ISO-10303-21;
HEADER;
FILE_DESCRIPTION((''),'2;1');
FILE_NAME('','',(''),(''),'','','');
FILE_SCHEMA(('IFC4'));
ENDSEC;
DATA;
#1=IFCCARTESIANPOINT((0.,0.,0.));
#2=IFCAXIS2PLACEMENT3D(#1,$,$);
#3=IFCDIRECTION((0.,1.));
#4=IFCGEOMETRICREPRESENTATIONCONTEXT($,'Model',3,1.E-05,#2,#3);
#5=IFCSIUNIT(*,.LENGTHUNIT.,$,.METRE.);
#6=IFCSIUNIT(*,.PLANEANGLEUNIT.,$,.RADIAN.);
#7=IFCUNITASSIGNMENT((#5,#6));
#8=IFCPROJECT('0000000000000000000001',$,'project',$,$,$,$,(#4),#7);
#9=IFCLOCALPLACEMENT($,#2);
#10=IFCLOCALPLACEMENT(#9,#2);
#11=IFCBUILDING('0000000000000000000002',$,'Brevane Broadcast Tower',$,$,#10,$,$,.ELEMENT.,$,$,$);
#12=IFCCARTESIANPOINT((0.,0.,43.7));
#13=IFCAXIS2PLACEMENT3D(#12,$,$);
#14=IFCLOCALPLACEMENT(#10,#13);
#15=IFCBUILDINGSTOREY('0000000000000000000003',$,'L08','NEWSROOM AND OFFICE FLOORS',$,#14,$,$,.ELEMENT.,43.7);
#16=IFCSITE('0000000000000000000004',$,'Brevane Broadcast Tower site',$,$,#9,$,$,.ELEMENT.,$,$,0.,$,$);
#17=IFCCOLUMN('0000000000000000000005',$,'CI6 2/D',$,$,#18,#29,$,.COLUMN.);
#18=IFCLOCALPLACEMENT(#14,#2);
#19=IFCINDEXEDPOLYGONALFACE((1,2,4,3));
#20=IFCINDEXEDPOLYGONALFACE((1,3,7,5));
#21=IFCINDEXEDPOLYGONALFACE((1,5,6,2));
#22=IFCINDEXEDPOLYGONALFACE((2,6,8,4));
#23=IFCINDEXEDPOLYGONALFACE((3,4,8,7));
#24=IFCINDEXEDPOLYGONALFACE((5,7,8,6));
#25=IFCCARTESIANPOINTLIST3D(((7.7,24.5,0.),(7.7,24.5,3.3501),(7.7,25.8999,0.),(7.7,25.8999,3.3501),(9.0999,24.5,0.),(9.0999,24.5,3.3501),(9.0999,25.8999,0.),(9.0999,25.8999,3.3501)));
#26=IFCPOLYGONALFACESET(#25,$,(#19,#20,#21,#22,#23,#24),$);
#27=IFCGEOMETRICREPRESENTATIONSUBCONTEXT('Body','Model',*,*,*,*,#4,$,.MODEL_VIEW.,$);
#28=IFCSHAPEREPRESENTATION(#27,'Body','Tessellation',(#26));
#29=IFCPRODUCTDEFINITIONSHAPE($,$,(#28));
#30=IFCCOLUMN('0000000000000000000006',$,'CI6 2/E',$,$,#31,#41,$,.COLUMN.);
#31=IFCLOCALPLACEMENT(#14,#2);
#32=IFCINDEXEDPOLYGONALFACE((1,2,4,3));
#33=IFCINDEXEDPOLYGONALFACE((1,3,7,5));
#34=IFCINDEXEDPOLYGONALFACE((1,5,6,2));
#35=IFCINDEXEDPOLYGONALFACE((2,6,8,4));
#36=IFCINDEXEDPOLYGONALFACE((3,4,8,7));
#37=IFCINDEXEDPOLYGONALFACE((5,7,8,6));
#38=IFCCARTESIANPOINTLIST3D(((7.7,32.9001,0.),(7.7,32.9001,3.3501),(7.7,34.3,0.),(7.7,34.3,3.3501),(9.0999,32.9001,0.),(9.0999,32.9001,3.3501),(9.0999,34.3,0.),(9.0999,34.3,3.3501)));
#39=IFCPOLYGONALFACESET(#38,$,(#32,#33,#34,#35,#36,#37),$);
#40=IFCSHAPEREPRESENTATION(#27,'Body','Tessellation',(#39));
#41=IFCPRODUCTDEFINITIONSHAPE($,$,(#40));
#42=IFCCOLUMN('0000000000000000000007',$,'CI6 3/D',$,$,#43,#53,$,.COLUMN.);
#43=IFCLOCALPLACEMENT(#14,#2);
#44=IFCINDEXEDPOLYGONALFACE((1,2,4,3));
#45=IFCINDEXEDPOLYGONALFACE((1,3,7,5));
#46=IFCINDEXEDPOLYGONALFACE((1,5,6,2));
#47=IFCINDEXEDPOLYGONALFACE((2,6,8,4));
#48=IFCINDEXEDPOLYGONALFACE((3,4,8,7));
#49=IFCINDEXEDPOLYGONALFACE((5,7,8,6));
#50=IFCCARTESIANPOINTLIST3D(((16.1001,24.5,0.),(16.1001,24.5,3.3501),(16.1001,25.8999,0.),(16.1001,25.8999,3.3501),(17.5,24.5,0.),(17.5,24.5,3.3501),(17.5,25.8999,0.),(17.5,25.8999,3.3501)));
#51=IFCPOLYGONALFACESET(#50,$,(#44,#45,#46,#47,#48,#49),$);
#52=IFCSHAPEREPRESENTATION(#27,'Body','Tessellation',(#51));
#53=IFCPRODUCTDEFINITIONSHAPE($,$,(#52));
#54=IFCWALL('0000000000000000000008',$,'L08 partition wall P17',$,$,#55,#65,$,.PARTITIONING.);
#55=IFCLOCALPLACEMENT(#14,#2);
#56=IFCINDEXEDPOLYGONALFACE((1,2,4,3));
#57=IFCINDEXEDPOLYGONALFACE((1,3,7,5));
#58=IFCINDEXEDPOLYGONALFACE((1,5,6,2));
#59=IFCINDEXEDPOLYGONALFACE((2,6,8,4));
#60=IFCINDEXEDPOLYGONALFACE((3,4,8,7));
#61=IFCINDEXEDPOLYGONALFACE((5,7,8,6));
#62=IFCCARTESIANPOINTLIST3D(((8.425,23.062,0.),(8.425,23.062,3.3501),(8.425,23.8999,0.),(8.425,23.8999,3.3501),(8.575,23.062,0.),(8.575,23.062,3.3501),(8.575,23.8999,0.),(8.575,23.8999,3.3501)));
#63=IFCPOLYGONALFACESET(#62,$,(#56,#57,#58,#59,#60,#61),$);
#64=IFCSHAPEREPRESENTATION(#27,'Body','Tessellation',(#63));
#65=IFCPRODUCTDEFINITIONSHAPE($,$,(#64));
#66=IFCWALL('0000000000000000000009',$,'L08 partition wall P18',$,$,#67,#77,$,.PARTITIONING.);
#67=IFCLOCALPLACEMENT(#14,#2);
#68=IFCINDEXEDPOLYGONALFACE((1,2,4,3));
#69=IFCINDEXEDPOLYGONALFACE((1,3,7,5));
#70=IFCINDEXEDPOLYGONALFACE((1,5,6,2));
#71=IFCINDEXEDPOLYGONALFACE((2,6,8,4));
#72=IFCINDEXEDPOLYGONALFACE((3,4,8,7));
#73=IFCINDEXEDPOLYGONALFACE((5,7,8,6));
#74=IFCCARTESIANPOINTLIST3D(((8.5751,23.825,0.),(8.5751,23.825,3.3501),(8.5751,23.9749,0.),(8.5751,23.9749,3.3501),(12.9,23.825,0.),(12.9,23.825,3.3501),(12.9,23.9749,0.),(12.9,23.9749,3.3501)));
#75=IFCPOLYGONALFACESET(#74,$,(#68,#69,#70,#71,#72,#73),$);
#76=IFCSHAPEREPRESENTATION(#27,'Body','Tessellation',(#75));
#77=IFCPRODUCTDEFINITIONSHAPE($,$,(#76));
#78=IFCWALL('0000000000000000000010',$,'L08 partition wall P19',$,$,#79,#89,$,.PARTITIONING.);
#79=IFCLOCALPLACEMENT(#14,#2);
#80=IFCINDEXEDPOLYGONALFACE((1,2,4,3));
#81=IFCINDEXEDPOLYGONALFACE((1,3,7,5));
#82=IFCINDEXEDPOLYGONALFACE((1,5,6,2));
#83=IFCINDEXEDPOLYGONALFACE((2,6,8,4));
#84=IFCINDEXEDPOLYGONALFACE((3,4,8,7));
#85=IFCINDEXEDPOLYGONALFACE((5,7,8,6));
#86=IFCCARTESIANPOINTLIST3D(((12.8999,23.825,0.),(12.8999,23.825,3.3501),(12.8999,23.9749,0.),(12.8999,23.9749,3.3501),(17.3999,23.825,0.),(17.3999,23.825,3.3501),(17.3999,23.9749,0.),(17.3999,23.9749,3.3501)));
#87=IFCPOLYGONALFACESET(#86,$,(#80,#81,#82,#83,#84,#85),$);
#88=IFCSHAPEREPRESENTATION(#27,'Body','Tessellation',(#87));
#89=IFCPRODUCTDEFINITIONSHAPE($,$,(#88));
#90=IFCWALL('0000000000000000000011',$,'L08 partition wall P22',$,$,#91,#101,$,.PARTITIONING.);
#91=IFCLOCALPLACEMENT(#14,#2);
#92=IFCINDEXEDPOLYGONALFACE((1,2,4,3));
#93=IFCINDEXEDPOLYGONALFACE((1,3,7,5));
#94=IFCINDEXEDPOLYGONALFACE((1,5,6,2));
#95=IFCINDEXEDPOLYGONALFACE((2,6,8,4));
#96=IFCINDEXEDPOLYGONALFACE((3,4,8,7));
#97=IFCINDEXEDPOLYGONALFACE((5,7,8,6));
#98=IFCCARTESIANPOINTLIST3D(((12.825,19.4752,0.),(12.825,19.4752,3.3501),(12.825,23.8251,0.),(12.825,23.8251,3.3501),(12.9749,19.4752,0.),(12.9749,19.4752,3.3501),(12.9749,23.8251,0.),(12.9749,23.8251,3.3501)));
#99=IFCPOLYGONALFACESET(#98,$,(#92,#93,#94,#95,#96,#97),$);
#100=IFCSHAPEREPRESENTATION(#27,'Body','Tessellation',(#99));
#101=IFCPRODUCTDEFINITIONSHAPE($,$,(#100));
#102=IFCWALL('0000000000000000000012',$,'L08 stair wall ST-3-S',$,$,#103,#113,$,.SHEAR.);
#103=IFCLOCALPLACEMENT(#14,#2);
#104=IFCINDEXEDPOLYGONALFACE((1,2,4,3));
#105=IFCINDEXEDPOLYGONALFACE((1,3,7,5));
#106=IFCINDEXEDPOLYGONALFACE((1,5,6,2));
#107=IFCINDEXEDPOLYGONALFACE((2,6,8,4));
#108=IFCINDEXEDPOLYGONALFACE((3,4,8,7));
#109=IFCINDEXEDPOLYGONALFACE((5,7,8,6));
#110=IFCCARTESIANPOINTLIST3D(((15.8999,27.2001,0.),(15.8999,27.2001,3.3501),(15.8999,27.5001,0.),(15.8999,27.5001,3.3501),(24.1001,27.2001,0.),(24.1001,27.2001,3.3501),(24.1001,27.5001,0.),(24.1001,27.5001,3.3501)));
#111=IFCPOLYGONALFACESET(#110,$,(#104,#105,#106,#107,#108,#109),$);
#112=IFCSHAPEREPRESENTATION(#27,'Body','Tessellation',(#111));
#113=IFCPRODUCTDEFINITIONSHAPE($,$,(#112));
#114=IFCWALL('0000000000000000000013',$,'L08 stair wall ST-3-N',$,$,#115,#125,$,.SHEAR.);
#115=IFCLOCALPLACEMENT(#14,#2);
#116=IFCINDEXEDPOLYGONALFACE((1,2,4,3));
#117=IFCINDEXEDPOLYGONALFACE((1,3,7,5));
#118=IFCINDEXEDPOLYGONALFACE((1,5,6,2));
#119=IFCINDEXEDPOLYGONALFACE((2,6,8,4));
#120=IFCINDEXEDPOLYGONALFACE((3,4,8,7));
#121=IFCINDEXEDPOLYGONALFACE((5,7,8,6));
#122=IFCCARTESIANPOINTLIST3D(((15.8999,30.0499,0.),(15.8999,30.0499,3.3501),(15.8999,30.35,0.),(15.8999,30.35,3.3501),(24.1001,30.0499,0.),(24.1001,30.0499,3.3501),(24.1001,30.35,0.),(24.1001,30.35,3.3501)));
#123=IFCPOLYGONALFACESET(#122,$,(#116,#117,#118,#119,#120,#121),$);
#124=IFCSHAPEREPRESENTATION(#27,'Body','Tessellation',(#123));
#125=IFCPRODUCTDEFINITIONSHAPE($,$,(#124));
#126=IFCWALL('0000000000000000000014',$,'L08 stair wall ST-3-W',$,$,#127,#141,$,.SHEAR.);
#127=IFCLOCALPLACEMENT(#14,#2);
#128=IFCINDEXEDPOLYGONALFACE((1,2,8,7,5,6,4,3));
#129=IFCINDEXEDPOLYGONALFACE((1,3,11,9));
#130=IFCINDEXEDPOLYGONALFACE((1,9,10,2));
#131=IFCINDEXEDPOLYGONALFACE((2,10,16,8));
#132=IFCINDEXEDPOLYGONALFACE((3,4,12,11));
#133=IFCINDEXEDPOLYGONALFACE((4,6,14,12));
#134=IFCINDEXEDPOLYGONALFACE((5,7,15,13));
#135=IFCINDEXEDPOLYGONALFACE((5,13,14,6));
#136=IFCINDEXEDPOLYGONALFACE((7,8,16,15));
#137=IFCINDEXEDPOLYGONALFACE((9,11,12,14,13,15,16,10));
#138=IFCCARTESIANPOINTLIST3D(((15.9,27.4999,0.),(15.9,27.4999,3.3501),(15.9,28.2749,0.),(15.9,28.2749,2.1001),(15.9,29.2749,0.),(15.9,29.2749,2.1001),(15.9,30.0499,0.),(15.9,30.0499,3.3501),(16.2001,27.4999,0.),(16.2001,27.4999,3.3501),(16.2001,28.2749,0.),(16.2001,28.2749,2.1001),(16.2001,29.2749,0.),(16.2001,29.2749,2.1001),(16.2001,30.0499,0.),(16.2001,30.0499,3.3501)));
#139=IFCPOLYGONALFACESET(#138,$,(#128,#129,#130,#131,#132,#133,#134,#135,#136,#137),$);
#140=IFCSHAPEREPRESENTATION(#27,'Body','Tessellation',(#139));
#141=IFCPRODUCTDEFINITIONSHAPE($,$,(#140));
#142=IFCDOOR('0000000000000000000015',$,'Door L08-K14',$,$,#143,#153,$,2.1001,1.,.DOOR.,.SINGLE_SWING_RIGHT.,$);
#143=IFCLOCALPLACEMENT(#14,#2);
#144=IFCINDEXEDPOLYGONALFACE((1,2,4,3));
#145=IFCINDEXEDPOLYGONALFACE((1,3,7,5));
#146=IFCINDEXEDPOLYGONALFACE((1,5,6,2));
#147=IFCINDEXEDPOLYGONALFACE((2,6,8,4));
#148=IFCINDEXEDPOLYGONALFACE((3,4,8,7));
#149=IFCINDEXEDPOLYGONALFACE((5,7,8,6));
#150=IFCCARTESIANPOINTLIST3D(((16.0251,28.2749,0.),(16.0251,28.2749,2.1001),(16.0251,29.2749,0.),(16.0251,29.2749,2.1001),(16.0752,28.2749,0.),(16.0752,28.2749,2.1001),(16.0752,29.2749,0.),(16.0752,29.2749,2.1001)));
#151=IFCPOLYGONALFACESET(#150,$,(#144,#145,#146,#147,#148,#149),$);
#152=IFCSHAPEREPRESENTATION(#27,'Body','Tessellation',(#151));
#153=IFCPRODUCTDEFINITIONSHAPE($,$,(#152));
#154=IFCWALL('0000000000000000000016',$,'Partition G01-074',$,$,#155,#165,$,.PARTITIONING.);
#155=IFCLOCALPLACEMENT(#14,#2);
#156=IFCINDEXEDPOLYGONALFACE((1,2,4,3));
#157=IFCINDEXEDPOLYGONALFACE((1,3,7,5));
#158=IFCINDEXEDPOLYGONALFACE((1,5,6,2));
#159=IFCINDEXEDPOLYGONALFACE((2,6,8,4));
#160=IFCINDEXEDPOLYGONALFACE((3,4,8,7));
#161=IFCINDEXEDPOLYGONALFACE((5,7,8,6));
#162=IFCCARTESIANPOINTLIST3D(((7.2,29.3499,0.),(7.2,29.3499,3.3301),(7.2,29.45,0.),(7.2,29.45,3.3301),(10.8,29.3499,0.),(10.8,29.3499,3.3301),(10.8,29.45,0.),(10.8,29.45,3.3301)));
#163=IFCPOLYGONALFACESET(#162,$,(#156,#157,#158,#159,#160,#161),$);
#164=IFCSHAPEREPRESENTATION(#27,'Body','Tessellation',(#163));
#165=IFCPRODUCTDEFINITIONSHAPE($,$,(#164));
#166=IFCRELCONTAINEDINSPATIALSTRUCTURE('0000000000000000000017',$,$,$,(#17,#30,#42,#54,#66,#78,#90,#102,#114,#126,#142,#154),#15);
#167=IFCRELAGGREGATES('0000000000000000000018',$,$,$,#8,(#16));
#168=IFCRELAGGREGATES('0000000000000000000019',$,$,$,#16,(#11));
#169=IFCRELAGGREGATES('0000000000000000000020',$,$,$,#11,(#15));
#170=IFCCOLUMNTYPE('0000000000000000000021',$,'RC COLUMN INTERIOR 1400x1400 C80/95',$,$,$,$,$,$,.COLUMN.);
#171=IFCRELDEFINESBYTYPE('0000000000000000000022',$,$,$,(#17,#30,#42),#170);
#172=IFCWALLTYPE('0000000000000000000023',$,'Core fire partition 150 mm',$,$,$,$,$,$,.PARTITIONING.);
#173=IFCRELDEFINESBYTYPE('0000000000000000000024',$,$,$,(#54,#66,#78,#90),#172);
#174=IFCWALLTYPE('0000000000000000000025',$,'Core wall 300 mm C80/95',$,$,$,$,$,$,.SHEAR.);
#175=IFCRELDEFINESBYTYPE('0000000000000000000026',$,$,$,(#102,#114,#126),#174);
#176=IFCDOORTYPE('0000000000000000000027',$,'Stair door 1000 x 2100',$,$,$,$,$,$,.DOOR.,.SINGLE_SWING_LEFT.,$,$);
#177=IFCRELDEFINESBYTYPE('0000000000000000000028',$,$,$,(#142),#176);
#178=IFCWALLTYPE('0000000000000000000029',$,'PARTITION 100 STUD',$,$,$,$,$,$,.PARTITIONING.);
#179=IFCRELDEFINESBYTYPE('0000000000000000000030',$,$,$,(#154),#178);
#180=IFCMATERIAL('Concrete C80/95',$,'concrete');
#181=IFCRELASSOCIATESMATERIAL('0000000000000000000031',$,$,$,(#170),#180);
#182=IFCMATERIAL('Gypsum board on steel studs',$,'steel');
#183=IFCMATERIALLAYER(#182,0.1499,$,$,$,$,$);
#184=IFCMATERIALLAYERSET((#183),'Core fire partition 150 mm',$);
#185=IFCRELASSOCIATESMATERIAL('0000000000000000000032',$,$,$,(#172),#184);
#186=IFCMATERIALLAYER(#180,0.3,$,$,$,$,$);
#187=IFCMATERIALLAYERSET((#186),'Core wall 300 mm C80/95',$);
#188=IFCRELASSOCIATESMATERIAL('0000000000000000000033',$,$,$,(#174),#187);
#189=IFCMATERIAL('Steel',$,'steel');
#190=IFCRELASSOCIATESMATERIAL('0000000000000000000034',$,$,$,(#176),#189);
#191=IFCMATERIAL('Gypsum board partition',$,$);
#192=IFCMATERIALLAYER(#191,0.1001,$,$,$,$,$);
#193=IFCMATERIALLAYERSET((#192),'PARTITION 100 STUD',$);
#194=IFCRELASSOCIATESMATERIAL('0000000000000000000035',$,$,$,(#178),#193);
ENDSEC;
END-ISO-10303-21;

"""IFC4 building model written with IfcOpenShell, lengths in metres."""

from ifc_helpers import new_model, si_unit, direction, frame, frame_2d, origin, origin_2d, place, context, subcontext, project, spatial, rectangle, extrude, material, layer, layer_set, material_profile, profile_set, type_object, element, fill, save


model = new_model("IFC4")

# Units and contexts
model_context = context("Model", 3, precision=1e-05, world=origin(), true_north=direction((0.0, 1.0)))
body_context = subcontext(model_context, "Body", "Model", "MODEL_VIEW")
ifc_project = project(units=[si_unit("LENGTHUNIT", "METRE"), si_unit("PLANEANGLEUNIT", "RADIAN")], contexts=[model_context])

# Site, building, storey
site_placement = place(None, origin())
site = spatial("IfcSite", under=ifc_project, at=site_placement, Name="Brevane Broadcast Tower site", CompositionType="ELEMENT", RefElevation=0.0)
building_placement = place(site_placement, origin())
building = spatial("IfcBuilding", under=site, at=building_placement, Name="Brevane Broadcast Tower", CompositionType="ELEMENT")
storey_placement = place(building_placement, frame((0.0, 0.0, 43.7)))
storey = spatial("IfcBuildingStorey", under=building, at=storey_placement, Name="L08", Description="NEWSROOM AND OFFICE FLOORS", CompositionType="ELEMENT", Elevation=43.7)

# Columns
ifc_material_1 = material(Name="Concrete C80/95", Category="concrete")
ifc_material_profile = material_profile(ifc_material_1, rectangle(XDim=1.3999, YDim=1.3999, at=origin_2d()), Name="RC 1400x1400")
ifc_profile_set = profile_set([ifc_material_profile], Name="Concrete C80/95")
column_type = type_object("IfcColumnType", Name="RC COLUMN INTERIOR 1400x1400 C80/95", PredefinedType="COLUMN", material=ifc_profile_set)
for number, where, z_axis, x_axis, name in (
    (1, (8.3999, 25.2, 0.0), (0.0, 0.0, 1.0), (1.0, 0.0, 0.0), "CI6 2/D"),
    (2, (8.3999, 33.6001, 0.0), (0.0, 0.0, 1.0), (1.0, 0.0, 0.0), "CI6 2/E"),
    (3, (16.8, 25.2, 0.0), (0.0, 0.0, 1.0), (1.0, 0.0, 0.0), "CI6 3/D"),
):
    element("IfcColumn", number, at=place(storey_placement, frame(where, z_axis=z_axis, x_axis=x_axis)), inside=storey, type_object=column_type, Name=name, PredefinedType="COLUMN", context=body_context, shape_type="SweptSolid", body=[
        extrude(rectangle(XDim=1.3999, YDim=1.3999, at=origin_2d()), origin(), (0.0, 0.0, 1.0), 3.3501),
    ])

# Walls
ifc_material_2 = material(Name="Gypsum board on steel studs", Category="steel")
ifc_layer_1 = layer(ifc_material_2, 0.1499)
ifc_layer_set_1 = layer_set([ifc_layer_1], Name="Core fire partition 150 mm")
wall_type_1 = type_object("IfcWallType", Name="Core fire partition 150 mm", PredefinedType="PARTITIONING", material=ifc_layer_set_1)
wall_1_placement = place(storey_placement, frame((8.5, 23.062, 0.0), z_axis=(0.0, 0.0, 1.0), x_axis=(0.0, 1.0, 0.0)))
element("IfcWall", 4, at=wall_1_placement, inside=storey, type_object=wall_type_1, Name="L08 partition wall P17", PredefinedType="PARTITIONING", context=body_context, shape_type="SweptSolid", body=[
    extrude(rectangle(XDim=0.8379, YDim=0.1499, at=frame_2d((0.4189, 0.0))), origin(), (0.0, 0.0, 1.0), 3.3501),
])
wall_2_placement = place(storey_placement, frame((8.575, 23.8999, 0.0), z_axis=(0.0, 0.0, 1.0), x_axis=(1.0, 0.0, 0.0)))
element("IfcWall", 5, at=wall_2_placement, inside=storey, type_object=wall_type_1, Name="L08 partition wall P18", PredefinedType="PARTITIONING", context=body_context, shape_type="SweptSolid", body=[
    extrude(rectangle(XDim=4.325, YDim=0.1499, at=frame_2d((2.1626, 0.0))), origin(), (0.0, 0.0, 1.0), 3.3501),
])
wall_3_placement = place(storey_placement, frame((12.8999, 23.8999, 0.0), z_axis=(0.0, 0.0, 1.0), x_axis=(1.0, 0.0, 0.0)))
element("IfcWall", 6, at=wall_3_placement, inside=storey, type_object=wall_type_1, Name="L08 partition wall P19", PredefinedType="PARTITIONING", context=body_context, shape_type="SweptSolid", body=[
    extrude(rectangle(XDim=4.5, YDim=0.1499, at=frame_2d((2.25, 0.0))), origin(), (0.0, 0.0, 1.0), 3.3501),
])
wall_4_placement = place(storey_placement, frame((12.8999, 23.825, 0.0), z_axis=(0.0, 0.0, 1.0), x_axis=(0.0, -1.0, 0.0)))
element("IfcWall", 7, at=wall_4_placement, inside=storey, type_object=wall_type_1, Name="L08 partition wall P22", PredefinedType="PARTITIONING", context=body_context, shape_type="SweptSolid", body=[
    extrude(rectangle(XDim=4.3499, YDim=0.1499, at=frame_2d((2.1748, 0.0))), origin(), (0.0, 0.0, 1.0), 3.3501),
])
ifc_layer_2 = layer(ifc_material_1, 0.3)
ifc_layer_set_2 = layer_set([ifc_layer_2], Name="Core wall 300 mm C80/95")
wall_type_2 = type_object("IfcWallType", Name="Core wall 300 mm C80/95", PredefinedType="SHEAR", material=ifc_layer_set_2)
for number, where, z_axis, x_axis, name in (
    (8, (15.8999, 27.3501, 0.0), (0.0, 0.0, 1.0), (1.0, 0.0, 0.0), "L08 stair wall ST-3-S"),
    (9, (15.8999, 30.2, 0.0), (0.0, 0.0, 1.0), (1.0, 0.0, 0.0), "L08 stair wall ST-3-N"),
):
    element("IfcWall", number, at=place(storey_placement, frame(where, z_axis=z_axis, x_axis=x_axis)), inside=storey, type_object=wall_type_2, Name=name, PredefinedType="SHEAR", context=body_context, shape_type="SweptSolid", body=[
        extrude(rectangle(XDim=8.2002, YDim=0.3, at=frame_2d((4.1001, 0.0))), origin(), (0.0, 0.0, 1.0), 3.3501),
    ])

# Wall, opening, door
wall_5_placement = place(storey_placement, frame((16.05, 27.5, 0.0), z_axis=(0.0, 0.0, 1.0), x_axis=(0.0, 1.0, 0.0)))
wall_5 = element("IfcWall", 10, at=wall_5_placement, inside=storey, type_object=wall_type_2, Name="L08 stair wall ST-3-W", PredefinedType="SHEAR", context=body_context, shape_type="SweptSolid", body=[
    extrude(rectangle(XDim=2.55, YDim=0.3, at=frame_2d((1.2749, 0.0))), origin(), (0.0, 0.0, 1.0), 3.3501),
])
opening_1_placement = place(wall_5_placement, frame((0.7749, 0.0, 0.0)))
opening_1 = element("IfcOpeningElement", 11, at=opening_1_placement, cuts=wall_5, PredefinedType="OPENING", context=body_context, shape_type="SweptSolid", body=[
    extrude(rectangle(XDim=1.0, YDim=2.1001, at=frame_2d((0.5, 1.05))), frame((0.0, 0.1599, 0.0), z_axis=(0.0, -1.0, 0.0), x_axis=(1.0, 0.0, 0.0)), (0.0, 0.0, 1.0), 0.3201),
])
ifc_material_3 = material(Name="Steel", Category="steel")
door_type_1 = type_object("IfcDoorType", Name="Stair door 1000 x 2100", OperationType="SINGLE_SWING_LEFT", PredefinedType="DOOR", material=ifc_material_3)
door_1_placement = place(opening_1_placement, origin())
door_1 = element("IfcDoor", 12, at=door_1_placement, inside=storey, type_object=door_type_1, Name="Door L08-K14", OperationType="SINGLE_SWING_RIGHT", OverallHeight=2.1001, OverallWidth=1.0, PredefinedType="DOOR", context=body_context, shape_type="SweptSolid", body=[
    extrude(rectangle(XDim=1.0, YDim=2.1001, at=frame_2d((0.5, 1.05))), frame((0.0, 0.0249, 0.0), z_axis=(0.0, -1.0, 0.0), x_axis=(1.0, 0.0, 0.0)), (0.0, 0.0, 1.0), 0.05),
])
fill(opening_1, door_1)

# Wall
ifc_material_4 = material(Name="Gypsum board partition")
ifc_layer_3 = layer(ifc_material_4, 0.1001)
ifc_layer_set_3 = layer_set([ifc_layer_3], Name="PARTITION 100 STUD")
wall_type_3 = type_object("IfcWallType", Name="PARTITION 100 STUD", PredefinedType="PARTITIONING", material=ifc_layer_set_3)
wall_6_placement = place(storey_placement, frame((10.8, 29.3999, 0.0), z_axis=(0.0, 0.0, 1.0), x_axis=(-1.0, 0.0, 0.0)))
element("IfcWall", 13, at=wall_6_placement, inside=storey, type_object=wall_type_3, Name="Partition G01-074", PredefinedType="PARTITIONING", context=body_context, shape_type="SweptSolid", body=[
    extrude(rectangle(XDim=3.6001, YDim=0.1001, at=frame_2d((1.8, 0.0))), origin(), (0.0, 0.0, 1.0), 3.3301),
])

save(model, "model.ifc")
